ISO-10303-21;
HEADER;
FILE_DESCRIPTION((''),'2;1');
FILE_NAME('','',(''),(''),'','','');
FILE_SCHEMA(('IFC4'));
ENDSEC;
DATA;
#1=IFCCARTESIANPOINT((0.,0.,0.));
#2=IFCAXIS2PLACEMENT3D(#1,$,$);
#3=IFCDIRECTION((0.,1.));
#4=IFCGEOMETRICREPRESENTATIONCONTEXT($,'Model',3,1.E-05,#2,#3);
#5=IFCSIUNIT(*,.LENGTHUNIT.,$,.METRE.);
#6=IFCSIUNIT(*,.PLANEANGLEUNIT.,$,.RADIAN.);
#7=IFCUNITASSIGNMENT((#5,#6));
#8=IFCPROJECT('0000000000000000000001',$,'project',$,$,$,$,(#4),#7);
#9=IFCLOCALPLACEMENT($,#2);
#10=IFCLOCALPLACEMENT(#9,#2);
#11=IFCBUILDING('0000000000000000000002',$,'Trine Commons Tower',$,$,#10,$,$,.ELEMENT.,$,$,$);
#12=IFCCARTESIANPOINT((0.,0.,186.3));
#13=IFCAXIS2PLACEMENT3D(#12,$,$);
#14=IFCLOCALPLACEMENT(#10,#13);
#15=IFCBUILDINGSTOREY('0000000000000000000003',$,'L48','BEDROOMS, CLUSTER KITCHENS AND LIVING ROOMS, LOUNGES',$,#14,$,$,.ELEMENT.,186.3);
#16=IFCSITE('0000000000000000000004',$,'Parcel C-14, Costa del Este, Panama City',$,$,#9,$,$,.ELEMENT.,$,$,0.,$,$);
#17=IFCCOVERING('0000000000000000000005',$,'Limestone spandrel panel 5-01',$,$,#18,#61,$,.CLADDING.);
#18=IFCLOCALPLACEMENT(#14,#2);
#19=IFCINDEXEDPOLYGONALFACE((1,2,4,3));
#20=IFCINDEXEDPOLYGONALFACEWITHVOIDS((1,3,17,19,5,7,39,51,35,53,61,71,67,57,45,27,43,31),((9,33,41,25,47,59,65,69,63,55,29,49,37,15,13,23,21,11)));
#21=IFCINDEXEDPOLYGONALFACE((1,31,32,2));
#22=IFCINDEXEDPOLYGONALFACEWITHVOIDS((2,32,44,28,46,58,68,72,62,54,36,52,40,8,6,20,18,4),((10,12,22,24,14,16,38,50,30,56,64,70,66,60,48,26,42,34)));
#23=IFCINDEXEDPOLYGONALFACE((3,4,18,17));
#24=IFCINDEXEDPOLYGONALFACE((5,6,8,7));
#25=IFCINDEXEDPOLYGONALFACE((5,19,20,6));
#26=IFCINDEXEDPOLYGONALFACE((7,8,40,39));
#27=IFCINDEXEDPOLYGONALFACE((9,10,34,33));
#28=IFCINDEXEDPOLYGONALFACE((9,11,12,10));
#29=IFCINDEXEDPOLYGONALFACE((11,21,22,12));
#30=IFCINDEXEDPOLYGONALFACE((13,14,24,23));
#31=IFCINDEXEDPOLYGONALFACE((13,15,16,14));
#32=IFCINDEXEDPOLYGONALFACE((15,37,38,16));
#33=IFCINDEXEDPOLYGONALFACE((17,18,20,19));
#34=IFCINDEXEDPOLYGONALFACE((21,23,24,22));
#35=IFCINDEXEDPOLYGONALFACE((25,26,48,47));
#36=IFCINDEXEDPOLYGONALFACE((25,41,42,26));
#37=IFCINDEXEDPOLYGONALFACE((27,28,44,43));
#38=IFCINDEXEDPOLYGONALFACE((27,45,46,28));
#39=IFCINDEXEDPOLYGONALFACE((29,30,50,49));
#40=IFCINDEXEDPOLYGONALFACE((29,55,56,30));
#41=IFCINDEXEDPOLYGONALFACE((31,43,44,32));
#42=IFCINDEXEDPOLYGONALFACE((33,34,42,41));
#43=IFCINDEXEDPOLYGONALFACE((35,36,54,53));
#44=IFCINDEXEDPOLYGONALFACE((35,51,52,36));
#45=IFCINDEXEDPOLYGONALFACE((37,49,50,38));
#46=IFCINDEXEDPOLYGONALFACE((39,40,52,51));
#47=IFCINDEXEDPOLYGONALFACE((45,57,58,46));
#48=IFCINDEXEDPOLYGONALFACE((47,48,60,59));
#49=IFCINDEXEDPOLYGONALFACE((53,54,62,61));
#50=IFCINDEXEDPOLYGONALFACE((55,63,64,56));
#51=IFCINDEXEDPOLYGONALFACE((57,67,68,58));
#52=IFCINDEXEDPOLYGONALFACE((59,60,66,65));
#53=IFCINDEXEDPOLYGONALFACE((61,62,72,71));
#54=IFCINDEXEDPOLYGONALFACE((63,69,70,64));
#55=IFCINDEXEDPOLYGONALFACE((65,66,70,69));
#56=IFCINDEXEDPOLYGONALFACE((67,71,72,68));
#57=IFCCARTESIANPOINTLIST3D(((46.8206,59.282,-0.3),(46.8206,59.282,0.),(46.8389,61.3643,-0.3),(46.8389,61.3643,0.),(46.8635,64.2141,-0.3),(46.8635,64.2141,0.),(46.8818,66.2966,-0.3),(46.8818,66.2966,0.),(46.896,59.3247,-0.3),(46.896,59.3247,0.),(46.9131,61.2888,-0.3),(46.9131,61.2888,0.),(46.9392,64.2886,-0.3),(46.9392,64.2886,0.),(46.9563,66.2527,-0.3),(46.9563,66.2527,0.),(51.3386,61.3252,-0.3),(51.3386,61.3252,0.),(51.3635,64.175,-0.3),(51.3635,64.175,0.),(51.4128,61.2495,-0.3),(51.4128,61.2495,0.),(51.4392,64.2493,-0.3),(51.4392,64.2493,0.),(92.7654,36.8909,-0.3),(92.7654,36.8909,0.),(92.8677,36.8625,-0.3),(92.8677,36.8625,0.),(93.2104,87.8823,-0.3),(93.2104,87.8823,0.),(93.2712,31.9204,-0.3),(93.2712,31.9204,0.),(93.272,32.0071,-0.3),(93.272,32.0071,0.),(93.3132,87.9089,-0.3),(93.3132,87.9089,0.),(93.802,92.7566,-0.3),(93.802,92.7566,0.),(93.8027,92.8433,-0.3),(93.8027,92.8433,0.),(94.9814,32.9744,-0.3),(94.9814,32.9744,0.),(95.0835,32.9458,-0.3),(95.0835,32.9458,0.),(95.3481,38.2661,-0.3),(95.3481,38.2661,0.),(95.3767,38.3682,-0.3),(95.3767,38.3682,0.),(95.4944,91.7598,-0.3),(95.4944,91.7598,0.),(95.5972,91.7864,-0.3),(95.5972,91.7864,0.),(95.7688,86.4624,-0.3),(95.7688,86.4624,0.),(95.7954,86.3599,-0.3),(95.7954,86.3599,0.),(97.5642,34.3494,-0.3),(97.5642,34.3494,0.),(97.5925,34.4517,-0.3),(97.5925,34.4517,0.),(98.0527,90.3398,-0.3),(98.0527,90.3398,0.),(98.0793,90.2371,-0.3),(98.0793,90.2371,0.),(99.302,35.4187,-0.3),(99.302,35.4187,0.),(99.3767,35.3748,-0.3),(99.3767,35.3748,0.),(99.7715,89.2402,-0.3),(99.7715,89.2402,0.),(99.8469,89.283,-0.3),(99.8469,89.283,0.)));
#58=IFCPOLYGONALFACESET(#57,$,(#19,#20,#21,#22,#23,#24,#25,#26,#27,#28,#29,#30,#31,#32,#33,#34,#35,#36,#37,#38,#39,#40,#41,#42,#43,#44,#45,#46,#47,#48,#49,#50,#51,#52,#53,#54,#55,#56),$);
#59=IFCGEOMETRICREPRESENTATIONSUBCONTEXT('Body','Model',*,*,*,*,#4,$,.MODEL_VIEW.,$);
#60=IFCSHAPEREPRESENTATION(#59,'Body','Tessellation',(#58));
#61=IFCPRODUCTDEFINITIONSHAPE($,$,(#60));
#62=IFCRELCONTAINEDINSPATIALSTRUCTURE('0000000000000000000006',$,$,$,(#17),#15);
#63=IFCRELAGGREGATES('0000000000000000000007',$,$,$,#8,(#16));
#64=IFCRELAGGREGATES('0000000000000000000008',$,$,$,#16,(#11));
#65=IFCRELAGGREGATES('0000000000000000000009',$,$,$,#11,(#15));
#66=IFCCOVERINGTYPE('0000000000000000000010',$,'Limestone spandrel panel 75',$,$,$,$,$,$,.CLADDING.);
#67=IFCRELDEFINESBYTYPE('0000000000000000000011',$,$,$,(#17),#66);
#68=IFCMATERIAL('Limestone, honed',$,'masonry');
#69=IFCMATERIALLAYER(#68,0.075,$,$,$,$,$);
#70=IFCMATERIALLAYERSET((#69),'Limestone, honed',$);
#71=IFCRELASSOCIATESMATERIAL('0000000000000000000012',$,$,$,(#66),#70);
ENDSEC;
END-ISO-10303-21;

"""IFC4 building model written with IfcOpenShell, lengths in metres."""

from ifc_helpers import new_model, si_unit, direction, frame, origin, place, context, subcontext, project, spatial, polyline, outline, extrude, material, layer, layer_set, type_object, element, save


model = new_model("IFC4")

# Units and contexts
model_context = context("Model", 3, precision=1e-05, world=origin(), true_north=direction((0.0, 1.0)))
body_context = subcontext(model_context, "Body", "Model", "MODEL_VIEW")
ifc_project = project(units=[si_unit("LENGTHUNIT", "METRE"), si_unit("PLANEANGLEUNIT", "RADIAN")], contexts=[model_context])

# Site, building, storey
site_placement = place(None, origin())
site = spatial("IfcSite", under=ifc_project, at=site_placement, Name="Parcel C-14, Costa del Este, Panama City", CompositionType="ELEMENT", RefElevation=0.0)
building_placement = place(site_placement, origin())
building = spatial("IfcBuilding", under=site, at=building_placement, Name="Trine Commons Tower", CompositionType="ELEMENT")
storey_placement = place(building_placement, frame((0.0, 0.0, 186.3)))
storey = spatial("IfcBuildingStorey", under=building, at=storey_placement, Name="L48", Description="BEDROOMS, CLUSTER KITCHENS AND LIVING ROOMS, LOUNGES", CompositionType="ELEMENT", Elevation=186.3)

# Covering
ifc_material_1 = material(Name="Limestone, honed", Category="masonry")
ifc_layer_1 = layer(ifc_material_1, 0.075)
ifc_layer_set_1 = layer_set([ifc_layer_1], Name="Limestone, honed")
covering_type_1 = type_object("IfcCoveringType", Name="Limestone spandrel panel 75", PredefinedType="CLADDING", material=ifc_layer_set_1)
covering_1_placement = place(storey_placement, frame((0.0, 0.0, -0.3)))
element("IfcCovering", 1, at=covering_1_placement, inside=storey, type_object=covering_type_1, Name="Limestone spandrel panel 5-01", PredefinedType="CLADDING", context=body_context, shape_type="SweptSolid", body=[
    extrude(outline(polyline([(95.3481, 38.2661), (97.5642, 34.3494), (99.3767, 35.3748), (99.8469, 89.283), (98.0527, 90.3398), (95.7688, 86.4624), (93.3132, 87.9089), (95.5972, 91.7864), (93.8027, 92.8433), (46.8818, 66.2966), (46.8635, 64.2141), (51.3635, 64.175), (51.3386, 61.3252), (46.8389, 61.3643), (46.8206, 59.282), (93.2712, 31.9204), (95.0835, 32.9458), (92.8677, 36.8625), (95.3481, 38.2661)]), holes=[polyline([(98.0793, 90.2371), (99.7715, 89.2402), (99.302, 35.4187), (97.5925, 34.4517), (95.3767, 38.3682), (92.7654, 36.8909), (94.9814, 32.9744), (93.272, 32.0071), (46.896, 59.3247), (46.9131, 61.2888), (51.4128, 61.2495), (51.4392, 64.2493), (46.9392, 64.2886), (46.9563, 66.2527), (93.802, 92.7566), (95.4944, 91.7598), (93.2104, 87.8823), (95.7954, 86.3599), (98.0793, 90.2371)])]), origin(), (0.0, 0.0, 1.0), 0.3),
])

save(model, "model.ifc")
